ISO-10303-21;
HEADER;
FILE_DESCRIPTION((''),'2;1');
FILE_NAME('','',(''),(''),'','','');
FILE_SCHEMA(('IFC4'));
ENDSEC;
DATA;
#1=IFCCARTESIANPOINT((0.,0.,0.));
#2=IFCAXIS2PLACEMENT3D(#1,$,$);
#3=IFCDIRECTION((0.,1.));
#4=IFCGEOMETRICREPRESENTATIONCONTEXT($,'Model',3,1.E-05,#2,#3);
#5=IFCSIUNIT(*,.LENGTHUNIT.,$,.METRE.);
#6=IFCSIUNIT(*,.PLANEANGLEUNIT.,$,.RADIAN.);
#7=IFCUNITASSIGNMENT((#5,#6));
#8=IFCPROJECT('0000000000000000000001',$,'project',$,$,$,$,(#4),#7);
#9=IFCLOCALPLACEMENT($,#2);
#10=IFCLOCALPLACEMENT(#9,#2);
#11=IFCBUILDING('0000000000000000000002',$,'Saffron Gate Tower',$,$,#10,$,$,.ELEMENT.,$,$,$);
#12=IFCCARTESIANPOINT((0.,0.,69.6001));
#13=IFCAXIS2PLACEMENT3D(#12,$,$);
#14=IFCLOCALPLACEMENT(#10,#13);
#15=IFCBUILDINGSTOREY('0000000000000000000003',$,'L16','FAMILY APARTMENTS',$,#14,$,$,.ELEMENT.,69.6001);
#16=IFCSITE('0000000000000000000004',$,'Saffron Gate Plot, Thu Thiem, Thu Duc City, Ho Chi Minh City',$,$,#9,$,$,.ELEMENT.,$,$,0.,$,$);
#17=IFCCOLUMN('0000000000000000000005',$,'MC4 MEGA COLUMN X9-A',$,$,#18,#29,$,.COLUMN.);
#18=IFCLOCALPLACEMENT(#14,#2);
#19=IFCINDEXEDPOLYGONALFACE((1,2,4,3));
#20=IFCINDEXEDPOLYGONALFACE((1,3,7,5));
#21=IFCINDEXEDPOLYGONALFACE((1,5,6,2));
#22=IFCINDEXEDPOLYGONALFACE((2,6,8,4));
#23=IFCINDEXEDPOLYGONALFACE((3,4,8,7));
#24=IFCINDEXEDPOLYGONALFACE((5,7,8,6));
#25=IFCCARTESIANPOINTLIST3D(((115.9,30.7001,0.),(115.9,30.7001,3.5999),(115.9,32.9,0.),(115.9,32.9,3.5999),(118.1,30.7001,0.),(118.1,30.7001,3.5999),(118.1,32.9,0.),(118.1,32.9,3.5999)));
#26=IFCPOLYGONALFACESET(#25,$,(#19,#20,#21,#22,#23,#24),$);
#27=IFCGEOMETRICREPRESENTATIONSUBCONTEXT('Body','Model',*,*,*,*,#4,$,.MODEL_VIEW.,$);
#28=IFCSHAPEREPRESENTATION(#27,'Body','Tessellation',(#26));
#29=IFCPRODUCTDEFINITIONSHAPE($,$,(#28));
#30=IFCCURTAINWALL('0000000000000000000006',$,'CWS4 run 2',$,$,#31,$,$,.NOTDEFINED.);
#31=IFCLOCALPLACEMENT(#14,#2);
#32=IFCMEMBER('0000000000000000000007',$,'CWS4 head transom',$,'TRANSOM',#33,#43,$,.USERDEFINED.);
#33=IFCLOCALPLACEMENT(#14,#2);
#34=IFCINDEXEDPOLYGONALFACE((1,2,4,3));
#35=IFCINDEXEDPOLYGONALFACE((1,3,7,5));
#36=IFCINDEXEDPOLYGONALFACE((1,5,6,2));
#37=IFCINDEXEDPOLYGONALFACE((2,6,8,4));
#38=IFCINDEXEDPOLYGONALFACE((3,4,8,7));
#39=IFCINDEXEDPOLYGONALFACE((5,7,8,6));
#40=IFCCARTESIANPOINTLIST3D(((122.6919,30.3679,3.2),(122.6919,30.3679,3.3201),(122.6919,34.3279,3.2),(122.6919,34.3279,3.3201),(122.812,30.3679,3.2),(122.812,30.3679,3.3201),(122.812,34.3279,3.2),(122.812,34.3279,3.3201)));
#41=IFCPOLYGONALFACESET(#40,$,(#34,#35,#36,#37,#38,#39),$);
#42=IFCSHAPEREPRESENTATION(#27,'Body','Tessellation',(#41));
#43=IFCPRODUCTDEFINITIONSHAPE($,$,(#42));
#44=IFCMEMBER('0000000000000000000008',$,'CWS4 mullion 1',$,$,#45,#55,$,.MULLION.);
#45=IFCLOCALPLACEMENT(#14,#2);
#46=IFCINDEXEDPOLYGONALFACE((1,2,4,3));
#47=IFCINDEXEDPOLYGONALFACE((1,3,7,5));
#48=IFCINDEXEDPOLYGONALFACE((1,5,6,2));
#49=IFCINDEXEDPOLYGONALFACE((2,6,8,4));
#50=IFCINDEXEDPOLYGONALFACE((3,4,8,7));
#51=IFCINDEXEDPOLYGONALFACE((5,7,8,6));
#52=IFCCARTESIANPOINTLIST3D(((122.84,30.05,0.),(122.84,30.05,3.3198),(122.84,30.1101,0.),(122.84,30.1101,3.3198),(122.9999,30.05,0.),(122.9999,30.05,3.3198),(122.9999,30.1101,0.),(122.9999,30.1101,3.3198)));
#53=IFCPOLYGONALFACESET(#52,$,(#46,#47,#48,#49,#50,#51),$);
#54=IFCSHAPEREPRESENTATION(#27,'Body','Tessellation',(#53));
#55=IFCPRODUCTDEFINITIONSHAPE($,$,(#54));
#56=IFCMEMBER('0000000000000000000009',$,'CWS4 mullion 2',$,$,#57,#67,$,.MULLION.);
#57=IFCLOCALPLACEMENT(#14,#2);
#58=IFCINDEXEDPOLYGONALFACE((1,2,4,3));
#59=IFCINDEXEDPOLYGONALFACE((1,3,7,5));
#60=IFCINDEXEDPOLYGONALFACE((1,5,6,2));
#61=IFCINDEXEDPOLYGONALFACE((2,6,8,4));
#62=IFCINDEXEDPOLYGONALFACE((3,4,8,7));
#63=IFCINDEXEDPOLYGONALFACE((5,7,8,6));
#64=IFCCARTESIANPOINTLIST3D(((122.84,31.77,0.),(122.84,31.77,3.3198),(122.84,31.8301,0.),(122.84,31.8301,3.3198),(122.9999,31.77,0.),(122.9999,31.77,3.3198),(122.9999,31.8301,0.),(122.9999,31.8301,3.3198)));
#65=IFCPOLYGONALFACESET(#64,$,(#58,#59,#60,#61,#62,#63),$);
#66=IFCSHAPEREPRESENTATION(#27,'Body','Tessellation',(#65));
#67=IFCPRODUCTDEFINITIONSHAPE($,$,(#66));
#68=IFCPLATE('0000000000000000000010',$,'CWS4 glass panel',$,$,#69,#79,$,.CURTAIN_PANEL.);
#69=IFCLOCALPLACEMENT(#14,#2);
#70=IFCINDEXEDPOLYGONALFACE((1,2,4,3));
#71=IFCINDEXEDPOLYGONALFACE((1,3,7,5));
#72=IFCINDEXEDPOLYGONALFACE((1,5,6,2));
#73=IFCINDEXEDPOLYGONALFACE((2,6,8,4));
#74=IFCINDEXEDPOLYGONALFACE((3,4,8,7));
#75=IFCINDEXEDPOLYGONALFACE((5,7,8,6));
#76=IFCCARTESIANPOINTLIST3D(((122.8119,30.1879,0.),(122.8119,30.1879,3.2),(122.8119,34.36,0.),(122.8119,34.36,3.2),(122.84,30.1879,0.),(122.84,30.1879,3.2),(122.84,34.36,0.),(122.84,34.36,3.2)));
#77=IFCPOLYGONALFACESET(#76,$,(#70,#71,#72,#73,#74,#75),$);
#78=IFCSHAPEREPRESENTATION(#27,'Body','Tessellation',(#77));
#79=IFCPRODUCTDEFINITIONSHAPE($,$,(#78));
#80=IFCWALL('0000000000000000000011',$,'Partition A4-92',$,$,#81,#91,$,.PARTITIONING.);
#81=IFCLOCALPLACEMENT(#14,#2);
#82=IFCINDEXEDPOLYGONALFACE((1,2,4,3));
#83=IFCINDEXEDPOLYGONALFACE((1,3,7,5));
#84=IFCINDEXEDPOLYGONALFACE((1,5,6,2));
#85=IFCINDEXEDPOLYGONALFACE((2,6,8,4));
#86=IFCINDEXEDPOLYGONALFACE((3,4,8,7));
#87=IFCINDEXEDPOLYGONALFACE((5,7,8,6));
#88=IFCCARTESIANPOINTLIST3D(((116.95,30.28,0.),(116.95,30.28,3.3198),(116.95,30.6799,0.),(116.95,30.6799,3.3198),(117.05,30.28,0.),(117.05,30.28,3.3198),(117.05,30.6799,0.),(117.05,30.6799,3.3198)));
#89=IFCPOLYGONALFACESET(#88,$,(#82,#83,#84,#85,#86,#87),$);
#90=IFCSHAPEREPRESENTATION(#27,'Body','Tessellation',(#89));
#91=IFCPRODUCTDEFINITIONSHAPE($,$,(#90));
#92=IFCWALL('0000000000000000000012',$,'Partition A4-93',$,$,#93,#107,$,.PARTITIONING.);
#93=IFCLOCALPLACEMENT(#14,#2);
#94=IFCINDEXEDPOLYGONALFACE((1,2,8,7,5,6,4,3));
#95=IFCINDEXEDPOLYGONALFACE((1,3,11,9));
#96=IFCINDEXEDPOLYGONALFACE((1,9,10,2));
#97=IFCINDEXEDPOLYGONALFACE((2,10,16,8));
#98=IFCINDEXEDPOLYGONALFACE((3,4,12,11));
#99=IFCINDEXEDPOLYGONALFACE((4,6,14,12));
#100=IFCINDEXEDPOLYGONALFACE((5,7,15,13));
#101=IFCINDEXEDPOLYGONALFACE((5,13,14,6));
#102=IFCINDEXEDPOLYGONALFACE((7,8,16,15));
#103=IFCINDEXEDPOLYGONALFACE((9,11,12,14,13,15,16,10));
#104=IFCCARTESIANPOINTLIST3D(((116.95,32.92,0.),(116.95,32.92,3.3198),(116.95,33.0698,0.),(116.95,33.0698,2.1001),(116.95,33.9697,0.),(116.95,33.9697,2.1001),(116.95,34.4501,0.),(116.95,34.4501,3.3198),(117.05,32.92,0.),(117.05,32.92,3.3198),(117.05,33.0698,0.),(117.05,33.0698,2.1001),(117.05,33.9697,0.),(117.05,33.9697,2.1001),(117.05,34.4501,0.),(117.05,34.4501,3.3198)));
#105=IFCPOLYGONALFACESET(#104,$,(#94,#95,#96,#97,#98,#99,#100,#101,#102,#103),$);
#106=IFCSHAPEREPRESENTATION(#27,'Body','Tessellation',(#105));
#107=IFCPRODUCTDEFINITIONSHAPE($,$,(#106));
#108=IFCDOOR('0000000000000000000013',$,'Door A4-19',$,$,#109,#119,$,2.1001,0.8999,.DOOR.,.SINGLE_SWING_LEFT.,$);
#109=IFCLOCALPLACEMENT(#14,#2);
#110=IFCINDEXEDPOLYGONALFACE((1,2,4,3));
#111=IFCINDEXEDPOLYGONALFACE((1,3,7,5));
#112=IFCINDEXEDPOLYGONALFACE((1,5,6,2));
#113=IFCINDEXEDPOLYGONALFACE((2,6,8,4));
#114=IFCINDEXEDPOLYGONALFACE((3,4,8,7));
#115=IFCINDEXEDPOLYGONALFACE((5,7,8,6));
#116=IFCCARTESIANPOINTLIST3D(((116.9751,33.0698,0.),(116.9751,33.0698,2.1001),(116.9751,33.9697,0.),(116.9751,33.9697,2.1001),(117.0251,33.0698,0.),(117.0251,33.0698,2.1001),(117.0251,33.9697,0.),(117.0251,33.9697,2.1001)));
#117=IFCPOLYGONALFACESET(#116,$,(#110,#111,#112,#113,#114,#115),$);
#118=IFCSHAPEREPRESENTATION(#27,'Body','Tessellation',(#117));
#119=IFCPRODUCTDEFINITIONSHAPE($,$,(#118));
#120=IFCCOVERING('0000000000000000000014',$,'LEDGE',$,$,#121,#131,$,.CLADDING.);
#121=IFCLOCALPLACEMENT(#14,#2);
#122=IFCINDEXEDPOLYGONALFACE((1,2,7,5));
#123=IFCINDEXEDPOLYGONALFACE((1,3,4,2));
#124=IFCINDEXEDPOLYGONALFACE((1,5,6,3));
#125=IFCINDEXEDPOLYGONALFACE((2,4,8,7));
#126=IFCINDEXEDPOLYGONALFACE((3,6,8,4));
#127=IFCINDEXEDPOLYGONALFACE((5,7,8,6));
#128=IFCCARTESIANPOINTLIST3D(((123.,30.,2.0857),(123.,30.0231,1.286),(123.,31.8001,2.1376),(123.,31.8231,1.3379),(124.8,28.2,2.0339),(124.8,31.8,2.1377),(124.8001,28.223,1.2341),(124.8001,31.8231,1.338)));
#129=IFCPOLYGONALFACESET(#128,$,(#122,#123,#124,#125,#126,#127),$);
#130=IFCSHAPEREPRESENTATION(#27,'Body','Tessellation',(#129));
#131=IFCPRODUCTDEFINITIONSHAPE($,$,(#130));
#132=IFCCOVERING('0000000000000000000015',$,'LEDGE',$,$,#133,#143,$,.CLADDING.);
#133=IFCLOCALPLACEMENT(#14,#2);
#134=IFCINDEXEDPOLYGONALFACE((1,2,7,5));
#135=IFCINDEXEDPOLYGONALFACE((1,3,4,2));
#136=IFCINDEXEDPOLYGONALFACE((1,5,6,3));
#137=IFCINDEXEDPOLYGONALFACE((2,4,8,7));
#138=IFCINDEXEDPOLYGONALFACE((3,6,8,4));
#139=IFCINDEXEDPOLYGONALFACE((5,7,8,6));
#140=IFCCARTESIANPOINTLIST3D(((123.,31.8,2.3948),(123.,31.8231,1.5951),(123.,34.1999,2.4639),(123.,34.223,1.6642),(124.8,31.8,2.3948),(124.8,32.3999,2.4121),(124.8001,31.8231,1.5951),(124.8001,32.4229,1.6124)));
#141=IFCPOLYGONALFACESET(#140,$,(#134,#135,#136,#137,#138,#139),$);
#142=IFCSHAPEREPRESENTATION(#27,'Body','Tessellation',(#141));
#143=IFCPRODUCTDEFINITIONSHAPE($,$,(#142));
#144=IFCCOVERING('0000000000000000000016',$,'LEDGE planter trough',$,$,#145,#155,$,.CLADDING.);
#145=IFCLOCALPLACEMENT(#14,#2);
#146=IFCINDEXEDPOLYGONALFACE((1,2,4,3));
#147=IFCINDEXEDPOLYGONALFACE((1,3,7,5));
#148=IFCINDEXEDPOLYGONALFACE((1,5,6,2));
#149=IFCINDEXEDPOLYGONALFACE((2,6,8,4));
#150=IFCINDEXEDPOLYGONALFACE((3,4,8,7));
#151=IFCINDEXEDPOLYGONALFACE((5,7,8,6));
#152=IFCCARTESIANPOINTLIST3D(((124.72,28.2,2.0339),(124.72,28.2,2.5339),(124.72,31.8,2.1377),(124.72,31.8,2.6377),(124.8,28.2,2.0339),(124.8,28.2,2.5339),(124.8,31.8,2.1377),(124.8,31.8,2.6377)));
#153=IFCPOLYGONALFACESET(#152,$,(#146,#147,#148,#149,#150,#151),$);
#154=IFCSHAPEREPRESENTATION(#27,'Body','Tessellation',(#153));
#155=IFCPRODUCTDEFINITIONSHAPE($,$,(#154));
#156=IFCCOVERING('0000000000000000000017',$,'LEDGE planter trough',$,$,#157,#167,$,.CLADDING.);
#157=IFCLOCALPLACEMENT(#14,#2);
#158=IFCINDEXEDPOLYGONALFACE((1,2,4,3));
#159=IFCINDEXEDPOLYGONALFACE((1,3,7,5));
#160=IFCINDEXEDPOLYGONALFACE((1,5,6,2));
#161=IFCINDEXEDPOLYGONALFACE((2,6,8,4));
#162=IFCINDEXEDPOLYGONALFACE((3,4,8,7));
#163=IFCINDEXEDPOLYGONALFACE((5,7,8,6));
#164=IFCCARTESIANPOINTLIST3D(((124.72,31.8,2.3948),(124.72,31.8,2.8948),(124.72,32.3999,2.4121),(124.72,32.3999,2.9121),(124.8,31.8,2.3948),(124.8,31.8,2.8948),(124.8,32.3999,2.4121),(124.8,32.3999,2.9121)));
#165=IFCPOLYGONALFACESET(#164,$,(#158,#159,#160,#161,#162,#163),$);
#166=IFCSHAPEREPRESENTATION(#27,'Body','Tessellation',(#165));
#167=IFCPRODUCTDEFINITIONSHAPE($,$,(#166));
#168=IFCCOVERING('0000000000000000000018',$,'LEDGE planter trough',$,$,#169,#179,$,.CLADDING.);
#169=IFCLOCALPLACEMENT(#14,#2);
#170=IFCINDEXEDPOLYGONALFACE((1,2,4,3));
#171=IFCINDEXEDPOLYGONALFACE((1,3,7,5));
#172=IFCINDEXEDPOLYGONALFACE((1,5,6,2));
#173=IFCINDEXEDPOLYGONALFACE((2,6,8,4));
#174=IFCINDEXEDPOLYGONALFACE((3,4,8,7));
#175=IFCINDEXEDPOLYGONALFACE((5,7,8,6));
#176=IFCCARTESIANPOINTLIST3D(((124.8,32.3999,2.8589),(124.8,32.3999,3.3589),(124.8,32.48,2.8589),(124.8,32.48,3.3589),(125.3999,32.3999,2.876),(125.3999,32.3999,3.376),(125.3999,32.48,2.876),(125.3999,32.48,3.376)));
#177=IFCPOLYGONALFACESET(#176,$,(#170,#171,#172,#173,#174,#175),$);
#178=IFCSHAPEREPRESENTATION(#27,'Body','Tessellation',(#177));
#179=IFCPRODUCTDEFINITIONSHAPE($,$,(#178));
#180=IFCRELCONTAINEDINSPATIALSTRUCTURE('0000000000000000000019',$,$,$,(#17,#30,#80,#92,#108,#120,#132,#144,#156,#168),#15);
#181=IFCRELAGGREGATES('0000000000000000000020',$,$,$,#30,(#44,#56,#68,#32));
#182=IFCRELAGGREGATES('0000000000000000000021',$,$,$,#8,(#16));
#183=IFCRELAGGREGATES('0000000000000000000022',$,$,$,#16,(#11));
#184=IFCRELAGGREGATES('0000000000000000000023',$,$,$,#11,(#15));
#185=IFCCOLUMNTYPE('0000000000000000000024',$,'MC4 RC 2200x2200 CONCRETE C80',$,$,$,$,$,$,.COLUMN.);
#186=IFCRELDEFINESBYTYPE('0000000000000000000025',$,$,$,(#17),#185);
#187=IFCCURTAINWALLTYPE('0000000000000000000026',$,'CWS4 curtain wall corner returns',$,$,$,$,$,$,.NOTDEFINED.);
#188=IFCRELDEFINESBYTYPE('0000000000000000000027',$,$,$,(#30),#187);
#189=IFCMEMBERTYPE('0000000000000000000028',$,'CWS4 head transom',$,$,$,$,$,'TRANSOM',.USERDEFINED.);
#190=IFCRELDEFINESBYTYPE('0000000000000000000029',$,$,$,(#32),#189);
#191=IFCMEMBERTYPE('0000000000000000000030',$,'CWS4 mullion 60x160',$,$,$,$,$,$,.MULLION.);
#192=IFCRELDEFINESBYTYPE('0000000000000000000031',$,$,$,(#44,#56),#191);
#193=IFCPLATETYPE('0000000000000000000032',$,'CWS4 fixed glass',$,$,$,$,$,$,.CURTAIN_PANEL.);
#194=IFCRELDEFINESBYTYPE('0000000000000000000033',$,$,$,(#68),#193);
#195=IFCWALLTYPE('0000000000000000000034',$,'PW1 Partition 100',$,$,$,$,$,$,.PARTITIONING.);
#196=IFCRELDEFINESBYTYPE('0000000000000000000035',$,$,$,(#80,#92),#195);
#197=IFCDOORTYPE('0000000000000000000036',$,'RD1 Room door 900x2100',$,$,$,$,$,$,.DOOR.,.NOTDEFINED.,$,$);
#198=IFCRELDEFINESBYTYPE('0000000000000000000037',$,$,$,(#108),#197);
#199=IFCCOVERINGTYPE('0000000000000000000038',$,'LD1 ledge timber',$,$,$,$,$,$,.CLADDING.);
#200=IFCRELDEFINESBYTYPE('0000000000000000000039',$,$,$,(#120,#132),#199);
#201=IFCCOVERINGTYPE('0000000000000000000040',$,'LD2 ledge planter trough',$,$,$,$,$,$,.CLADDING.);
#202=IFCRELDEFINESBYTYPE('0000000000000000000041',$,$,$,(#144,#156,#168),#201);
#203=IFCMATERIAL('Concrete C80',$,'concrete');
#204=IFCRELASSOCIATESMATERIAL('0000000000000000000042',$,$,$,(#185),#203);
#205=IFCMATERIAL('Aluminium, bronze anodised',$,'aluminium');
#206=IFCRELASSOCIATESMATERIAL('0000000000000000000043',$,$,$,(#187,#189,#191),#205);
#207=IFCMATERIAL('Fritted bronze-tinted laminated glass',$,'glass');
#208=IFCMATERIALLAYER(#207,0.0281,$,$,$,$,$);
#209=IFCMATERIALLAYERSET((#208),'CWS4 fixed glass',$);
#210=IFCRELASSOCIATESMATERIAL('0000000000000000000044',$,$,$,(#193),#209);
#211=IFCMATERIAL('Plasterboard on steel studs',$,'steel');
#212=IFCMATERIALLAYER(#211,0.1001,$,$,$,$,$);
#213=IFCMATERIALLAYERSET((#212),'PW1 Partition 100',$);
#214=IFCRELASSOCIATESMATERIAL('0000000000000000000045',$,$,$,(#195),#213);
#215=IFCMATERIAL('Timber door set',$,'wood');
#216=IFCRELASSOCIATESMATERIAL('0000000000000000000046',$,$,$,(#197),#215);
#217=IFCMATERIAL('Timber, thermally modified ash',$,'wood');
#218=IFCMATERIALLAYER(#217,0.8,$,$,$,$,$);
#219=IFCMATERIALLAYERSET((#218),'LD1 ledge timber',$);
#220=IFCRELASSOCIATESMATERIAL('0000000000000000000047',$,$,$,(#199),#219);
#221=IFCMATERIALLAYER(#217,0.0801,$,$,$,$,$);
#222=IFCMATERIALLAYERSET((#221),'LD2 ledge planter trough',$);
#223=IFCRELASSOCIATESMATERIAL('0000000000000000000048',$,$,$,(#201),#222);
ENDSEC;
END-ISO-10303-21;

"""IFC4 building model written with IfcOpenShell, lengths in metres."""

from ifc_helpers import new_model, si_unit, direction, frame, frame_2d, origin, origin_2d, place, context, subcontext, project, spatial, polyline, rectangle, outline, extrude, material, layer, layer_set, material_profile, profile_set, type_object, element, fill, aggregate, save


model = new_model("IFC4")

# Units and contexts
model_context = context("Model", 3, precision=1e-05, world=origin(), true_north=direction((0.0, 1.0)))
body_context = subcontext(model_context, "Body", "Model", "MODEL_VIEW")
ifc_project = project(units=[si_unit("LENGTHUNIT", "METRE"), si_unit("PLANEANGLEUNIT", "RADIAN")], contexts=[model_context])

# Site, building, storey
site_placement = place(None, origin())
site = spatial("IfcSite", under=ifc_project, at=site_placement, Name="Saffron Gate Plot, Thu Thiem, Thu Duc City, Ho Chi Minh City", CompositionType="ELEMENT", RefElevation=0.0)
building_placement = place(site_placement, origin())
building = spatial("IfcBuilding", under=site, at=building_placement, Name="Saffron Gate Tower", CompositionType="ELEMENT")
storey_placement = place(building_placement, frame((0.0, 0.0, 69.6001)))
storey = spatial("IfcBuildingStorey", under=building, at=storey_placement, Name="L16", Description="FAMILY APARTMENTS", CompositionType="ELEMENT", Elevation=69.6001)

# Column
ifc_material_1 = material(Name="Concrete C80", Category="concrete")
ifc_material_profile_1 = material_profile(ifc_material_1, rectangle(XDim=2.2, YDim=2.2, at=origin_2d()))
ifc_profile_set_1 = profile_set([ifc_material_profile_1], Name="Concrete C80")
column_type = type_object("IfcColumnType", Name="MC4 RC 2200x2200 CONCRETE C80", PredefinedType="COLUMN", material=ifc_profile_set_1)
column_placement = place(storey_placement, frame((117.0, 31.8, 0.0), z_axis=(0.0, 0.0, 1.0), x_axis=(1.0, 0.0, 0.0)))
element("IfcColumn", 1, at=column_placement, inside=storey, type_object=column_type, Name="MC4 MEGA COLUMN X9-A", PredefinedType="COLUMN", context=body_context, shape_type="SweptSolid", body=[
    extrude(rectangle(XDim=2.2, YDim=2.2, at=origin_2d()), origin(), (0.0, 0.0, 1.0), 3.5999),
])

# Curtain wall, members, plate
ifc_material_2 = material(Name="Aluminium, bronze anodised", Category="aluminium")
curtain_wall_type = type_object("IfcCurtainWallType", Name="CWS4 curtain wall corner returns", PredefinedType="NOTDEFINED", material=ifc_material_2)
curtain_wall_placement = place(storey_placement, origin())
curtain_wall = element("IfcCurtainWall", 2, at=curtain_wall_placement, inside=storey, type_object=curtain_wall_type, Name="CWS4 run 2", PredefinedType="NOTDEFINED")
ifc_material_profile_2 = material_profile(ifc_material_2, rectangle(XDim=0.1201, YDim=0.1201, at=origin_2d()))
ifc_profile_set_2 = profile_set([ifc_material_profile_2], Name="Aluminium, bronze anodised")
member_type_1 = type_object("IfcMemberType", Name="CWS4 head transom", ElementType="TRANSOM", PredefinedType="USERDEFINED", material=ifc_profile_set_2)
member_1_placement = place(storey_placement, frame((122.752, 30.3679, 3.26), z_axis=(0.0, 1.0, 0.0), x_axis=(-1.0, 0.0, 0.0)))
member_1 = element("IfcMember", 3, at=member_1_placement, type_object=member_type_1, Name="CWS4 head transom", ObjectType="TRANSOM", PredefinedType="USERDEFINED", context=body_context, shape_type="SweptSolid", body=[
    extrude(rectangle(XDim=0.1201, YDim=0.1201, at=origin_2d()), origin(), (0.0, 0.0, 1.0), 3.96),
])
ifc_material_profile_3 = material_profile(ifc_material_2, rectangle(XDim=0.1599, YDim=0.0601, at=origin_2d()))
ifc_profile_set_3 = profile_set([ifc_material_profile_3], Name="Aluminium, bronze anodised")
member_type_2 = type_object("IfcMemberType", Name="CWS4 mullion 60x160", PredefinedType="MULLION", material=ifc_profile_set_3)
member_2_placement = place(storey_placement, frame((122.9199, 30.0801, 0.0), z_axis=(0.0, 0.0, 1.0), x_axis=(-1.0, 0.0, 0.0)))
member_2 = element("IfcMember", 4, at=member_2_placement, type_object=member_type_2, Name="CWS4 mullion 1", PredefinedType="MULLION", context=body_context, shape_type="SweptSolid", body=[
    extrude(rectangle(XDim=0.1599, YDim=0.0601, at=origin_2d()), origin(), (0.0, 0.0, 1.0), 3.3198),
])
member_3_placement = place(storey_placement, frame((122.9199, 31.8, 0.0), z_axis=(0.0, 0.0, 1.0), x_axis=(-1.0, 0.0, 0.0)))
member_3 = element("IfcMember", 5, at=member_3_placement, type_object=member_type_2, Name="CWS4 mullion 2", PredefinedType="MULLION", context=body_context, shape_type="SweptSolid", body=[
    extrude(rectangle(XDim=0.1599, YDim=0.0601, at=origin_2d()), origin(), (0.0, 0.0, 1.0), 3.3198),
])
ifc_material_3 = material(Name="Fritted bronze-tinted laminated glass", Category="glass")
ifc_layer_1 = layer(ifc_material_3, 0.0281)
ifc_layer_set_1 = layer_set([ifc_layer_1], Name="CWS4 fixed glass")
plate_type = type_object("IfcPlateType", Name="CWS4 fixed glass", PredefinedType="CURTAIN_PANEL", material=ifc_layer_set_1)
plate_placement = place(storey_placement, frame((122.8259, 30.188, 0.0), z_axis=(0.0, 0.0, 1.0), x_axis=(0.0, 1.0, 0.0)))
plate = element("IfcPlate", 6, at=plate_placement, type_object=plate_type, Name="CWS4 glass panel", PredefinedType="CURTAIN_PANEL", context=body_context, shape_type="SweptSolid", body=[
    extrude(rectangle(XDim=4.1721, YDim=0.0281, at=frame_2d((2.0859, 0.0))), origin(), (0.0, 0.0, 1.0), 3.2),
])
aggregate(curtain_wall, [member_2, member_3, plate, member_1])

# Wall
ifc_material_4 = material(Name="Plasterboard on steel studs", Category="steel")
ifc_layer_2 = layer(ifc_material_4, 0.1001)
ifc_layer_set_2 = layer_set([ifc_layer_2], Name="PW1 Partition 100")
wall_type = type_object("IfcWallType", Name="PW1 Partition 100", PredefinedType="PARTITIONING", material=ifc_layer_set_2)
wall_1_placement = place(storey_placement, frame((117.0, 30.6799, 0.0), z_axis=(0.0, 0.0, 1.0), x_axis=(0.0, -1.0, 0.0)))
element("IfcWall", 7, at=wall_1_placement, inside=storey, type_object=wall_type, Name="Partition A4-92", PredefinedType="PARTITIONING", context=body_context, shape_type="SweptSolid", body=[
    extrude(rectangle(XDim=0.3999, YDim=0.1001, at=frame_2d((0.2, 0.0))), origin(), (0.0, 0.0, 1.0), 3.3198),
])

# Wall, opening, door
wall_2_placement = place(storey_placement, frame((117.0, 32.9199, 0.0), z_axis=(0.0, 0.0, 1.0), x_axis=(0.0, 1.0, 0.0)))
wall_2 = element("IfcWall", 8, at=wall_2_placement, inside=storey, type_object=wall_type, Name="Partition A4-93", PredefinedType="PARTITIONING", context=body_context, shape_type="SweptSolid", body=[
    extrude(rectangle(XDim=1.53, YDim=0.1001, at=frame_2d((0.7651, 0.0))), origin(), (0.0, 0.0, 1.0), 3.3198),
])
opening_placement = place(wall_2_placement, frame((0.1499, 0.0, 0.0)))
opening = element("IfcOpeningElement", 9, at=opening_placement, cuts=wall_2, PredefinedType="OPENING", context=body_context, shape_type="SweptSolid", body=[
    extrude(rectangle(XDim=0.8999, YDim=2.1001, at=frame_2d((0.45, 1.05))), frame((0.0, 0.0601, 0.0), z_axis=(0.0, -1.0, 0.0), x_axis=(1.0, 0.0, 0.0)), (0.0, 0.0, 1.0), 0.1201),
])
ifc_material_5 = material(Name="Timber door set", Category="wood")
door_type = type_object("IfcDoorType", Name="RD1 Room door 900x2100", OperationType="NOTDEFINED", PredefinedType="DOOR", material=ifc_material_5)
door_placement = place(opening_placement, origin())
door = element("IfcDoor", 10, at=door_placement, inside=storey, type_object=door_type, Name="Door A4-19", OperationType="SINGLE_SWING_LEFT", OverallHeight=2.1001, OverallWidth=0.8999, PredefinedType="DOOR", context=body_context, shape_type="SweptSolid", body=[
    extrude(rectangle(XDim=0.8999, YDim=2.1001, at=frame_2d((0.45, 1.05))), frame((0.0, 0.0249, 0.0), z_axis=(0.0, -1.0, 0.0), x_axis=(1.0, 0.0, 0.0)), (0.0, 0.0, 1.0), 0.05),
])
fill(opening, door)

# Coverings
ifc_material_6 = material(Name="Timber, thermally modified ash", Category="wood")
ifc_layer_3 = layer(ifc_material_6, 0.8)
ifc_layer_set_3 = layer_set([ifc_layer_3], Name="LD1 ledge timber")
covering_type_1 = type_object("IfcCoveringType", Name="LD1 ledge timber", PredefinedType="CLADDING", material=ifc_layer_set_3)
covering_1_placement = place(storey_placement, frame((123.0, 30.0, 2.0857), z_axis=(-0.000045, -0.028832, 0.999584), x_axis=(0.0, 0.999584, 0.028832)))
element("IfcCovering", 11, at=covering_1_placement, inside=storey, type_object=covering_type_1, Name="LEDGE", PredefinedType="CLADDING", context=body_context, shape_type="SweptSolid", body=[
    extrude(outline(polyline([(0.0, 0.0), (1.8008, 0.0), (1.8008, -1.8), (-1.8008, -1.8), (0.0, 0.0)])), origin(), (0.0, 0.0, -1.0), 0.8),
])
covering_2_placement = place(storey_placement, frame((123.0, 31.8, 2.3948), z_axis=(-0.000029, -0.028799, 0.999585), x_axis=(0.0, 0.999585, 0.028799)))
element("IfcCovering", 12, at=covering_2_placement, inside=storey, type_object=covering_type_1, Name="LEDGE", PredefinedType="CLADDING", context=body_context, shape_type="SweptSolid", body=[
    extrude(outline(polyline([(0.0, 0.0), (2.4009, 0.0), (0.6001, -1.8), (0.0, -1.8), (0.0, 0.0)])), origin(), (0.0, 0.0, -1.0), 0.8),
])
ifc_layer_4 = layer(ifc_material_6, 0.0801)
ifc_layer_set_4 = layer_set([ifc_layer_4], Name="LD2 ledge planter trough")
covering_type_2 = type_object("IfcCoveringType", Name="LD2 ledge planter trough", PredefinedType="CLADDING", material=ifc_layer_set_4)
covering_3_placement = place(storey_placement, frame((124.8, 28.2, 2.0339), z_axis=(1.0, 0.0, 0.0), x_axis=(0.0, 0.999585, 0.028809)))
element("IfcCovering", 13, at=covering_3_placement, inside=storey, type_object=covering_type_2, Name="LEDGE planter trough", PredefinedType="CLADDING", context=body_context, shape_type="SweptSolid", body=[
    extrude(outline(polyline([(0.0, 0.0), (3.6016, 0.0), (3.616, 0.4998), (0.0144, 0.4998), (0.0, 0.0)])), origin(), (0.0, 0.0, -1.0), 0.0801),
])
covering_4_placement = place(storey_placement, frame((124.8, 31.8, 2.3948), z_axis=(1.0, 0.0, 0.0), x_axis=(0.0, 0.999583, 0.028885)))
element("IfcCovering", 14, at=covering_4_placement, inside=storey, type_object=covering_type_2, Name="LEDGE planter trough", PredefinedType="CLADDING", context=body_context, shape_type="SweptSolid", body=[
    extrude(outline(polyline([(0.0, 0.0), (0.6001, 0.0), (0.6145, 0.4998), (0.0144, 0.4998), (0.0, 0.0)])), origin(), (0.0, 0.0, -1.0), 0.0801),
])
covering_5_placement = place(storey_placement, frame((124.8, 32.3999, 2.8589), z_axis=(0.0, -1.0, 0.0), x_axis=(0.999594, 0.0, 0.028478)))
element("IfcCovering", 15, at=covering_5_placement, inside=storey, type_object=covering_type_2, Name="LEDGE planter trough", PredefinedType="CLADDING", context=body_context, shape_type="SweptSolid", body=[
    extrude(outline(polyline([(0.0, 0.0), (0.6001, 0.0), (0.6143, 0.4998), (0.0142, 0.4998), (0.0, 0.0)])), origin(), (0.0, 0.0, -1.0), 0.0801),
])

save(model, "model.ifc")
